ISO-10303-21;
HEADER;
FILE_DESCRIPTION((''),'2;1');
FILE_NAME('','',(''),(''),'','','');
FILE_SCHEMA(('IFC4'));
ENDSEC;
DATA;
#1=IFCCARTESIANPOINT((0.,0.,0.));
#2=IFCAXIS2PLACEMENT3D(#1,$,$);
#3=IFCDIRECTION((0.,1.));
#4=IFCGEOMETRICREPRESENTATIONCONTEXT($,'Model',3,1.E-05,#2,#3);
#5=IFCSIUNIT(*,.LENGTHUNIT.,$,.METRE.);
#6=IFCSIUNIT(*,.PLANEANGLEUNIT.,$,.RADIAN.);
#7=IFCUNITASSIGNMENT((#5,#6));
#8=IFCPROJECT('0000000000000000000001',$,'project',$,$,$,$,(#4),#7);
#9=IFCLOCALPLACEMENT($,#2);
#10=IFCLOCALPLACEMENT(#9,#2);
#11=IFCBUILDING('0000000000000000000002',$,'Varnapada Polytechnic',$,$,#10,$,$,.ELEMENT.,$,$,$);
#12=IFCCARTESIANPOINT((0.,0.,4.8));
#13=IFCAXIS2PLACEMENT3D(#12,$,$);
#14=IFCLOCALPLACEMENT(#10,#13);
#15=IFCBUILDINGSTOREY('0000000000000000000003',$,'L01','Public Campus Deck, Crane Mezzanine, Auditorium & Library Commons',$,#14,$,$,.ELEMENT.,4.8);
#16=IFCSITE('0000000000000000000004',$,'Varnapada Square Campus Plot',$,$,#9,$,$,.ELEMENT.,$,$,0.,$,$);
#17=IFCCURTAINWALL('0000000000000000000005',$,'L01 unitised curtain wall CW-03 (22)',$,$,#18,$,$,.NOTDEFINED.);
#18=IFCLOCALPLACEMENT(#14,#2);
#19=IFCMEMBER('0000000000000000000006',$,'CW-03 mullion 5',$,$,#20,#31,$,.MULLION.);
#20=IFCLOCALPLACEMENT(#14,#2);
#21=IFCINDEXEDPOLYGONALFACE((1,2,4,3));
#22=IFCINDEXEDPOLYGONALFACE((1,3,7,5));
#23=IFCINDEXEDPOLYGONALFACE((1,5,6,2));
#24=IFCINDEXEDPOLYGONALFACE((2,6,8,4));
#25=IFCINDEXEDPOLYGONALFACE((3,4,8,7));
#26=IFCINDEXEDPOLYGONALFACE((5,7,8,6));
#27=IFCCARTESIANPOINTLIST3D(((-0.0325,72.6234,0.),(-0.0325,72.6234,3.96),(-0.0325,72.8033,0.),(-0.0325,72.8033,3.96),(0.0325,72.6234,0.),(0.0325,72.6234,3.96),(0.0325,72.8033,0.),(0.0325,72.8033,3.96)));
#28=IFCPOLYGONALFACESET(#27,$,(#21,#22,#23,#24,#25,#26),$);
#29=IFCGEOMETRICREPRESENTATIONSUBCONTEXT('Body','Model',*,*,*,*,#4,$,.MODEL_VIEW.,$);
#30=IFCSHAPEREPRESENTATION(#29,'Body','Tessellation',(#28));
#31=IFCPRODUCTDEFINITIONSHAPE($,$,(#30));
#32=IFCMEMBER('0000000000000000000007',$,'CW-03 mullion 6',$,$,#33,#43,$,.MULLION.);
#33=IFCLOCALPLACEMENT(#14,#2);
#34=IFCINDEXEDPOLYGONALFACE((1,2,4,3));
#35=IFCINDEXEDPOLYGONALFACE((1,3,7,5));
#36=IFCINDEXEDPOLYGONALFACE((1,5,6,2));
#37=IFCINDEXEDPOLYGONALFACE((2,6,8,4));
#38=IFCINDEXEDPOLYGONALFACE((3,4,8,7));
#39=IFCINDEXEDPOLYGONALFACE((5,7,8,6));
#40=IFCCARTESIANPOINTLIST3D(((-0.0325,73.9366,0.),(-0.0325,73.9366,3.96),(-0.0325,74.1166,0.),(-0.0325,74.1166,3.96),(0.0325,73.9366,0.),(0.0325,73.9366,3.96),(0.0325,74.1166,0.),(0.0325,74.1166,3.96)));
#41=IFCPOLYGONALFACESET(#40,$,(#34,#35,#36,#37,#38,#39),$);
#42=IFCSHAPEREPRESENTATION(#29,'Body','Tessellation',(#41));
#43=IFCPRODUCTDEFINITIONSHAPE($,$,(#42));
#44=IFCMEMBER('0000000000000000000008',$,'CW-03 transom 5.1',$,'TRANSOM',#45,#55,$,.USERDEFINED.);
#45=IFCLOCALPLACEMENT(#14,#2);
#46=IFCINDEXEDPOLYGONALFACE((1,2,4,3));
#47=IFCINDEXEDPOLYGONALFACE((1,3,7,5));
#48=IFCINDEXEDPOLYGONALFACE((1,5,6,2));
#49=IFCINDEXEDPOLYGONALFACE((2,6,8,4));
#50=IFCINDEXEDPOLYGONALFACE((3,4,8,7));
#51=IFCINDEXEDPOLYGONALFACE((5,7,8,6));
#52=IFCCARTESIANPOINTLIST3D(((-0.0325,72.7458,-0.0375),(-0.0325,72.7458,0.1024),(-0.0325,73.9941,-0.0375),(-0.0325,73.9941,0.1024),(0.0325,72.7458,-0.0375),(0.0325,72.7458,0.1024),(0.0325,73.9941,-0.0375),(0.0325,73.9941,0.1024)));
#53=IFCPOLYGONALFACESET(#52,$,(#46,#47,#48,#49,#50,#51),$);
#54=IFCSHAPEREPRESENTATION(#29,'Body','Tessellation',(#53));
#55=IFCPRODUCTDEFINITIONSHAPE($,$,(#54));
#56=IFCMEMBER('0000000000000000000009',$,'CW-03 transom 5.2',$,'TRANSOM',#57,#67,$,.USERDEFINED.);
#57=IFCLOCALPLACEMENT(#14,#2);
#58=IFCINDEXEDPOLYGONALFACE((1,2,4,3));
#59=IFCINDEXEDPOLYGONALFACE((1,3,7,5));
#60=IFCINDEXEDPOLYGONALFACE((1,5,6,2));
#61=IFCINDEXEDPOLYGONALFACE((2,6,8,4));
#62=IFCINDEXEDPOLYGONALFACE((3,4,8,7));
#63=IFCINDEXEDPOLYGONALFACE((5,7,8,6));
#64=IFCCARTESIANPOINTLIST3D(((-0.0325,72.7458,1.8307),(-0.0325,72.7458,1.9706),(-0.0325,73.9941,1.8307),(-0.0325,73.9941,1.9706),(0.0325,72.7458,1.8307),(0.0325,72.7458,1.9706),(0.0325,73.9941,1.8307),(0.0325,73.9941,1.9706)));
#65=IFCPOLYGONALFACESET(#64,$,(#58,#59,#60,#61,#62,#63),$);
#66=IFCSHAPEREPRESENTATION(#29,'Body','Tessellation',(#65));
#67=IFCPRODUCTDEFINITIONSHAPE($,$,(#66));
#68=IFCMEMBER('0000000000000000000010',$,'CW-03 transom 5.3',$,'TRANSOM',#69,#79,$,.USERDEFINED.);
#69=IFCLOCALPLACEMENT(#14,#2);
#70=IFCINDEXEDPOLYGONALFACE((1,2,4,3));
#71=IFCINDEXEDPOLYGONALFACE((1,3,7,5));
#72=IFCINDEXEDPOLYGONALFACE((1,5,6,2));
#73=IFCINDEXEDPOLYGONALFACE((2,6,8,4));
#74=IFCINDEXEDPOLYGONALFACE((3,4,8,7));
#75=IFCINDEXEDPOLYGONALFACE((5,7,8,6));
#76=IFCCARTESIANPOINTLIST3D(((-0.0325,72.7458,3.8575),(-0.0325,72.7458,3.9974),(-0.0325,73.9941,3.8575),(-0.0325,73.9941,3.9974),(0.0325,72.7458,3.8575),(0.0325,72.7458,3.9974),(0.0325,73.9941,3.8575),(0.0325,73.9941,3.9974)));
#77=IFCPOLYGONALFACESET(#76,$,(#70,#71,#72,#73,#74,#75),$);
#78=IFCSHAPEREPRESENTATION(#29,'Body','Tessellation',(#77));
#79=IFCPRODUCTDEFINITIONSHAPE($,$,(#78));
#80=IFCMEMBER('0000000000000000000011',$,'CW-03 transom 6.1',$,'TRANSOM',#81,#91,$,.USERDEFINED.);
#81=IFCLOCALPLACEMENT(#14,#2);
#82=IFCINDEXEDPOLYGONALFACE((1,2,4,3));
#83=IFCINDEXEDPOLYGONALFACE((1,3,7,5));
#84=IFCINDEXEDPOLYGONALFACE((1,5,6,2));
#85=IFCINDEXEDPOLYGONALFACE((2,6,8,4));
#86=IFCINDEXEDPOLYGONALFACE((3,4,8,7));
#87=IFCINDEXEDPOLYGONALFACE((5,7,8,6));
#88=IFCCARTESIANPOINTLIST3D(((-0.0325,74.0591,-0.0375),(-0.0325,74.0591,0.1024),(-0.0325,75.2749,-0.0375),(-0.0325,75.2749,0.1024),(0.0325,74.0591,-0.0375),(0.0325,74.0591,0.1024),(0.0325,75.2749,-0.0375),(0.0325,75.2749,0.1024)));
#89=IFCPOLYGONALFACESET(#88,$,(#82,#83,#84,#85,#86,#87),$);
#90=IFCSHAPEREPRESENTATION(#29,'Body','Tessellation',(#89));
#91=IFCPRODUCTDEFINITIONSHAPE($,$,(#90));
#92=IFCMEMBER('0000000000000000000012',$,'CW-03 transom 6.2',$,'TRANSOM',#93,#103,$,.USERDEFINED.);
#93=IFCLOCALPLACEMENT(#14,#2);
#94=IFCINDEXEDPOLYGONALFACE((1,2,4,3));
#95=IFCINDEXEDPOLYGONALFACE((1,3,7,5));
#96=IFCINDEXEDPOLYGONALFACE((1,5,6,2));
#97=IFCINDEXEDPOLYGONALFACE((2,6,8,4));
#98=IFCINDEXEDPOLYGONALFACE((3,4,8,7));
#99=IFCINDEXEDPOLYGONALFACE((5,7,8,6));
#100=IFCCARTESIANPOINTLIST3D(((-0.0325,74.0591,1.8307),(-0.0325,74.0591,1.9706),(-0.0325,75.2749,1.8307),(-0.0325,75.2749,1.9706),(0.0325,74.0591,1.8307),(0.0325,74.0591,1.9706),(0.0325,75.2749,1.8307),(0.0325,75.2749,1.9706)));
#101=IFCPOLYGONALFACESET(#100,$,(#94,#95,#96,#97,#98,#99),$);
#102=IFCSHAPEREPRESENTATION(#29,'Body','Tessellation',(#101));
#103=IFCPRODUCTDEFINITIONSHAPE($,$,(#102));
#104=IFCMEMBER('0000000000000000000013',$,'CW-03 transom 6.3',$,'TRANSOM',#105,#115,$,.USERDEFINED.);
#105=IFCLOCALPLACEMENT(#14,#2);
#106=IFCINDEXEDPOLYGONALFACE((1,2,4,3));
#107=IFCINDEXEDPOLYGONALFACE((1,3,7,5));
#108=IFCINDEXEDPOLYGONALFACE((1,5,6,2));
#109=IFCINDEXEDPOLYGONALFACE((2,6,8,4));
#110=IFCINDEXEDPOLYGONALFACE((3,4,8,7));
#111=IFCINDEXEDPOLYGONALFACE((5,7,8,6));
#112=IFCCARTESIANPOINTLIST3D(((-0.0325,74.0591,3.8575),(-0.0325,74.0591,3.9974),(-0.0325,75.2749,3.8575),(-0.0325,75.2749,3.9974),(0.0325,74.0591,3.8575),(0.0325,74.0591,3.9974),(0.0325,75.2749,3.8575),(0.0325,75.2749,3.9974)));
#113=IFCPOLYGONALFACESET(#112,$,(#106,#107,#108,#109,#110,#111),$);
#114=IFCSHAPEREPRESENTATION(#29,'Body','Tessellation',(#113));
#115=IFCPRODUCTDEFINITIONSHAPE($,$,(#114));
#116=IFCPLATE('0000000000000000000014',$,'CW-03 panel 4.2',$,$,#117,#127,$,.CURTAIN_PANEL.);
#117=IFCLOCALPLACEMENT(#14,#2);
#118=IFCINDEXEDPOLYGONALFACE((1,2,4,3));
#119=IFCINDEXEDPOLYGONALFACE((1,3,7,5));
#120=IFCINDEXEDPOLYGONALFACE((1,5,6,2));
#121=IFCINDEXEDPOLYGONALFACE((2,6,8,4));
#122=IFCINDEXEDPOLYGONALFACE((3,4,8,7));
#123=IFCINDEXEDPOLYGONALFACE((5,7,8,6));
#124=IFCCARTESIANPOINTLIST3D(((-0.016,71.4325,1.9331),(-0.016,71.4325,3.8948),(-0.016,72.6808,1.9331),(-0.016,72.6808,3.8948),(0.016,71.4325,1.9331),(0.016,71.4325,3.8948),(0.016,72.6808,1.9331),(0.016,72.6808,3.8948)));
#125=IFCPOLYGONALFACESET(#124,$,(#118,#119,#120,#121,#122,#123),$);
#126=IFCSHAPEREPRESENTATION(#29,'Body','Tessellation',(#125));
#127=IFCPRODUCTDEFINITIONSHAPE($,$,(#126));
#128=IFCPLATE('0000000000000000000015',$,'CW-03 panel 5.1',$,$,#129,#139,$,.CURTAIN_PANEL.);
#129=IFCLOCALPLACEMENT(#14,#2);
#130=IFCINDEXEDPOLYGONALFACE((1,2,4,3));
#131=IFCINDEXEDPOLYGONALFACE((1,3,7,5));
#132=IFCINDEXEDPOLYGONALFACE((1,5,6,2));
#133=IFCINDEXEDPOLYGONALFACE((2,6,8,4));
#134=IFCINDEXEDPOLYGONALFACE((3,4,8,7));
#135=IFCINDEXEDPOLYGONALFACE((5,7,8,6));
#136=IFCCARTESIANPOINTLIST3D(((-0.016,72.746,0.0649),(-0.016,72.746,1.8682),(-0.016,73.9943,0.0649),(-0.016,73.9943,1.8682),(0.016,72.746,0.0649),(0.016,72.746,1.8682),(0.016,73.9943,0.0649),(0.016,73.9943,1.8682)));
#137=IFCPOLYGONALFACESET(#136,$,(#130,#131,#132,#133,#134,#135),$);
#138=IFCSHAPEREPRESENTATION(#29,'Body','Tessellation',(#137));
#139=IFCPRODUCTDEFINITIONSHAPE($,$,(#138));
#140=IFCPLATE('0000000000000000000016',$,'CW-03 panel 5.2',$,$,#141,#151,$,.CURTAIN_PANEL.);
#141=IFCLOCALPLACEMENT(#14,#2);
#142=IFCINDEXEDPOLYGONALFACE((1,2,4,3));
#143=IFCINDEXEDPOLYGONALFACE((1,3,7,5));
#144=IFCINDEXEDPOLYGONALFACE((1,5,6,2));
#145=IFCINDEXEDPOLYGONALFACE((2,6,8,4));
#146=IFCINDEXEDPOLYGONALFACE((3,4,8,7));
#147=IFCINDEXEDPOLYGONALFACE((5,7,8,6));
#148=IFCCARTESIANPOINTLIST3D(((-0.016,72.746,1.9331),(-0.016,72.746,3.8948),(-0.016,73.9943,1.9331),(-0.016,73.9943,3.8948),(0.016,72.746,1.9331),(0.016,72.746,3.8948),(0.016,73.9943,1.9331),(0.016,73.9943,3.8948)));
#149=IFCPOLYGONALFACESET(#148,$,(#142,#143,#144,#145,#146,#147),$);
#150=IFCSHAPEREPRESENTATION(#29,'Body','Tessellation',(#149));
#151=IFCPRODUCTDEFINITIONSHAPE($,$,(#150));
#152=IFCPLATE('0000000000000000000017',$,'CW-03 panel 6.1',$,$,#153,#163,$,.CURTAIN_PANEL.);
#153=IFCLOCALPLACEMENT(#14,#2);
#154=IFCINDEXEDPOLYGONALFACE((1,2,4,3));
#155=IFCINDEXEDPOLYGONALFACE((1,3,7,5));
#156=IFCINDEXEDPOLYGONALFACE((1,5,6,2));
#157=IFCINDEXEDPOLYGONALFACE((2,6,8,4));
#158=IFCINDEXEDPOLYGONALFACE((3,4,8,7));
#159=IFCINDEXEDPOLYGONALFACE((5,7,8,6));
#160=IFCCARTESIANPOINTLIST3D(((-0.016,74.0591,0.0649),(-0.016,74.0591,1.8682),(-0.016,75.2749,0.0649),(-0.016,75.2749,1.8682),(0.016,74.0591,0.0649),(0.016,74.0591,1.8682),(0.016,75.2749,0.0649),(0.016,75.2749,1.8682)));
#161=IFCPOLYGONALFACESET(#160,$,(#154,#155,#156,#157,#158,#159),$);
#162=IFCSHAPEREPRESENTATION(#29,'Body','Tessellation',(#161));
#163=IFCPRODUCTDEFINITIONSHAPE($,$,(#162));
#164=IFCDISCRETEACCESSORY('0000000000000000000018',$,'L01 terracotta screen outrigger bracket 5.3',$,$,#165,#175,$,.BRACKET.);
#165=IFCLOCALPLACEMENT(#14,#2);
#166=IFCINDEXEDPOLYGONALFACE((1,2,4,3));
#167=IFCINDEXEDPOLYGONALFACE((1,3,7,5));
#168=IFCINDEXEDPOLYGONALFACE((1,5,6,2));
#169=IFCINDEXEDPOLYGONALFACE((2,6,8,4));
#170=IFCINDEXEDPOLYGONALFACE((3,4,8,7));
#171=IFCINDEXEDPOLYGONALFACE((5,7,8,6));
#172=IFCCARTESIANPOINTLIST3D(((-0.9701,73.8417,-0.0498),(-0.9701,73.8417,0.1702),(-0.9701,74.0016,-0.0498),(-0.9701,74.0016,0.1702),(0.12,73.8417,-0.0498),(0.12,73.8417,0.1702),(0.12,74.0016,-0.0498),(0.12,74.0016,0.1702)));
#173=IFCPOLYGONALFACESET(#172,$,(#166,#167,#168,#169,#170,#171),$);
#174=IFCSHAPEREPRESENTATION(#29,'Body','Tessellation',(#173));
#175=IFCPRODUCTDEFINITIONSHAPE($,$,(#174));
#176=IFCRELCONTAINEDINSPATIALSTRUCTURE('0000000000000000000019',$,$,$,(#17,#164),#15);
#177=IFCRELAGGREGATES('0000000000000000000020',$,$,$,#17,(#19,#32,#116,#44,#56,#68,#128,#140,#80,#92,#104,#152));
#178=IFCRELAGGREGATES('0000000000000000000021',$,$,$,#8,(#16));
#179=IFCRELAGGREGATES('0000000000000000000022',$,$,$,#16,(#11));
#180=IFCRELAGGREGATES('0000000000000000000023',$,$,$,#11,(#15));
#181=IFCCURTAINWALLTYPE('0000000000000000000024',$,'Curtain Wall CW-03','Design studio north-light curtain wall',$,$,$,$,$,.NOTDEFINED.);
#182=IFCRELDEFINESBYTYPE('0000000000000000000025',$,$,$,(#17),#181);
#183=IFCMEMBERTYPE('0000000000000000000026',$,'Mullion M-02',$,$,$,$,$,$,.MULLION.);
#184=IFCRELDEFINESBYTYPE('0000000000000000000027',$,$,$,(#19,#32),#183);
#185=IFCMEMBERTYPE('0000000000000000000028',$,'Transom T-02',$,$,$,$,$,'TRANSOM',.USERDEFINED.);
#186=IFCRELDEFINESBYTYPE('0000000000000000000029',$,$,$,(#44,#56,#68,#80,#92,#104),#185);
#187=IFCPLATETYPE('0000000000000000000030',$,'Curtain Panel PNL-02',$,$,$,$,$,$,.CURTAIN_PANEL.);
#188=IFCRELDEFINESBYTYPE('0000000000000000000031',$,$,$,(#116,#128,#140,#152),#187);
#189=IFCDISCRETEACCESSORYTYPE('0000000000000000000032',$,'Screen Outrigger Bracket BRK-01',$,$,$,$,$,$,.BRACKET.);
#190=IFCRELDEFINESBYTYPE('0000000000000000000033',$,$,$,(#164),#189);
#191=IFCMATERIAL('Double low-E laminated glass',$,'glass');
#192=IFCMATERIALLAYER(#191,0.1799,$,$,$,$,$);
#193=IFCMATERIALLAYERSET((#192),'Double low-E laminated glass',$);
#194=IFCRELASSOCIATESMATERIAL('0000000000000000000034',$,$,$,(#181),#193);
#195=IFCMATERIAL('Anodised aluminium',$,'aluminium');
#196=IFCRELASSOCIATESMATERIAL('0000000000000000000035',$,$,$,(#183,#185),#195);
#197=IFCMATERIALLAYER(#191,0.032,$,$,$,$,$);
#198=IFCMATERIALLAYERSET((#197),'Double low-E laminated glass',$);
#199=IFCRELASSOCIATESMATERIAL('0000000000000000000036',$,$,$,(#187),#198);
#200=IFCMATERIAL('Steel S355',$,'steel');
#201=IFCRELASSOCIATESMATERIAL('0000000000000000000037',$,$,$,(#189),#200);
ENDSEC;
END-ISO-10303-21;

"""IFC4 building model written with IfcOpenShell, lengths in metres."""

from ifc_helpers import new_model, si_unit, direction, frame, origin, origin_2d, place, context, subcontext, project, spatial, rectangle, extrude, material, layer, layer_set, material_profile, profile_set, type_object, element, aggregate, save


model = new_model("IFC4")

# Units and contexts
model_context = context("Model", 3, precision=1e-05, world=origin(), true_north=direction((0.0, 1.0)))
body_context = subcontext(model_context, "Body", "Model", "MODEL_VIEW")
ifc_project = project(units=[si_unit("LENGTHUNIT", "METRE"), si_unit("PLANEANGLEUNIT", "RADIAN")], contexts=[model_context])

# Site, building, storey
site_placement = place(None, origin())
site = spatial("IfcSite", under=ifc_project, at=site_placement, Name="Varnapada Square Campus Plot", CompositionType="ELEMENT", RefElevation=0.0)
building_placement = place(site_placement, origin())
building = spatial("IfcBuilding", under=site, at=building_placement, Name="Varnapada Polytechnic", CompositionType="ELEMENT")
storey_placement = place(building_placement, frame((0.0, 0.0, 4.8)))
storey = spatial("IfcBuildingStorey", under=building, at=storey_placement, Name="L01", Description="Public Campus Deck, Crane Mezzanine, Auditorium & Library Commons", CompositionType="ELEMENT", Elevation=4.8)

# Curtain wall, members, plates
ifc_material_1 = material(Name="Double low-E laminated glass", Category="glass")
ifc_layer_1 = layer(ifc_material_1, 0.1799)
ifc_layer_set_1 = layer_set([ifc_layer_1], Name="Double low-E laminated glass")
curtain_wall_type = type_object("IfcCurtainWallType", Name="Curtain Wall CW-03", Description="Design studio north-light curtain wall", PredefinedType="NOTDEFINED", material=ifc_layer_set_1)
curtain_wall_placement = place(storey_placement, origin())
curtain_wall = element("IfcCurtainWall", 1, at=curtain_wall_placement, inside=storey, type_object=curtain_wall_type, Name="L01 unitised curtain wall CW-03 (22)", PredefinedType="NOTDEFINED")
ifc_material_2 = material(Name="Anodised aluminium", Category="aluminium")
ifc_material_profile_1 = material_profile(ifc_material_2, rectangle(XDim=0.0649, YDim=0.1799, at=origin_2d()), Name="ALU M65x180")
ifc_profile_set_1 = profile_set([ifc_material_profile_1], Name="Anodised aluminium")
member_type_1 = type_object("IfcMemberType", Name="Mullion M-02", PredefinedType="MULLION", material=ifc_profile_set_1)
member_1_placement = place(storey_placement, frame((0.0, 72.7134, 0.0), z_axis=(0.0, 0.0, 1.0), x_axis=(-1.0, 0.0, 0.0)))
member_1 = element("IfcMember", 2, at=member_1_placement, type_object=member_type_1, Name="CW-03 mullion 5", PredefinedType="MULLION", context=body_context, shape_type="SweptSolid", body=[
    extrude(rectangle(XDim=0.0649, YDim=0.1799, at=origin_2d()), origin(), (0.0, 0.0, 1.0), 3.96),
])
member_2_placement = place(storey_placement, frame((0.0, 74.0266, 0.0), z_axis=(0.0, 0.0, 1.0), x_axis=(-1.0, 0.0, 0.0)))
member_2 = element("IfcMember", 3, at=member_2_placement, type_object=member_type_1, Name="CW-03 mullion 6", PredefinedType="MULLION", context=body_context, shape_type="SweptSolid", body=[
    extrude(rectangle(XDim=0.0649, YDim=0.1799, at=origin_2d()), origin(), (0.0, 0.0, 1.0), 3.96),
])
ifc_material_profile_2 = material_profile(ifc_material_2, rectangle(XDim=0.0649, YDim=0.1399, at=origin_2d()), Name="ALU T65x140")
ifc_profile_set_2 = profile_set([ifc_material_profile_2], Name="Anodised aluminium")
member_type_2 = type_object("IfcMemberType", Name="Transom T-02", ElementType="TRANSOM", PredefinedType="USERDEFINED", material=ifc_profile_set_2)
member_3_placement = place(storey_placement, frame((0.0, 72.7458, 0.0325), z_axis=(0.0, 1.0, 0.0), x_axis=(-1.0, 0.0, 0.0)))
member_3 = element("IfcMember", 4, at=member_3_placement, type_object=member_type_2, Name="CW-03 transom 5.1", ObjectType="TRANSOM", PredefinedType="USERDEFINED", context=body_context, shape_type="SweptSolid", body=[
    extrude(rectangle(XDim=0.0649, YDim=0.1399, at=origin_2d()), origin(), (0.0, 0.0, 1.0), 1.2483),
])
member_4_placement = place(storey_placement, frame((0.0, 72.7458, 1.9006), z_axis=(0.0, 1.0, 0.0), x_axis=(-1.0, 0.0, 0.0)))
member_4 = element("IfcMember", 5, at=member_4_placement, type_object=member_type_2, Name="CW-03 transom 5.2", ObjectType="TRANSOM", PredefinedType="USERDEFINED", context=body_context, shape_type="SweptSolid", body=[
    extrude(rectangle(XDim=0.0649, YDim=0.1399, at=origin_2d()), origin(), (0.0, 0.0, 1.0), 1.2483),
])
member_5_placement = place(storey_placement, frame((0.0, 72.7458, 3.9275), z_axis=(0.0, 1.0, 0.0), x_axis=(-1.0, 0.0, 0.0)))
member_5 = element("IfcMember", 6, at=member_5_placement, type_object=member_type_2, Name="CW-03 transom 5.3", ObjectType="TRANSOM", PredefinedType="USERDEFINED", context=body_context, shape_type="SweptSolid", body=[
    extrude(rectangle(XDim=0.0649, YDim=0.1399, at=origin_2d()), origin(), (0.0, 0.0, 1.0), 1.2483),
])
member_6_placement = place(storey_placement, frame((0.0, 74.0591, 0.0325), z_axis=(0.0, 1.0, 0.0), x_axis=(-1.0, 0.0, 0.0)))
member_6 = element("IfcMember", 7, at=member_6_placement, type_object=member_type_2, Name="CW-03 transom 6.1", ObjectType="TRANSOM", PredefinedType="USERDEFINED", context=body_context, shape_type="SweptSolid", body=[
    extrude(rectangle(XDim=0.0649, YDim=0.1399, at=origin_2d()), origin(), (0.0, 0.0, 1.0), 1.2158),
])
member_7_placement = place(storey_placement, frame((0.0, 74.0591, 1.9006), z_axis=(0.0, 1.0, 0.0), x_axis=(-1.0, 0.0, 0.0)))
member_7 = element("IfcMember", 8, at=member_7_placement, type_object=member_type_2, Name="CW-03 transom 6.2", ObjectType="TRANSOM", PredefinedType="USERDEFINED", context=body_context, shape_type="SweptSolid", body=[
    extrude(rectangle(XDim=0.0649, YDim=0.1399, at=origin_2d()), origin(), (0.0, 0.0, 1.0), 1.2158),
])
member_8_placement = place(storey_placement, frame((0.0, 74.0591, 3.9275), z_axis=(0.0, 1.0, 0.0), x_axis=(-1.0, 0.0, 0.0)))
member_8 = element("IfcMember", 9, at=member_8_placement, type_object=member_type_2, Name="CW-03 transom 6.3", ObjectType="TRANSOM", PredefinedType="USERDEFINED", context=body_context, shape_type="SweptSolid", body=[
    extrude(rectangle(XDim=0.0649, YDim=0.1399, at=origin_2d()), origin(), (0.0, 0.0, 1.0), 1.2158),
])
ifc_layer_2 = layer(ifc_material_1, 0.032)
ifc_layer_set_2 = layer_set([ifc_layer_2], Name="Double low-E laminated glass")
plate_type = type_object("IfcPlateType", Name="Curtain Panel PNL-02", PredefinedType="CURTAIN_PANEL", material=ifc_layer_set_2)
plate_1_placement = place(storey_placement, frame((0.0, 72.0566, 1.9331), z_axis=(0.0, 0.0, 1.0), x_axis=(0.0, 1.0, 0.0)))
plate_1 = element("IfcPlate", 10, at=plate_1_placement, type_object=plate_type, Name="CW-03 panel 4.2", PredefinedType="CURTAIN_PANEL", context=body_context, shape_type="SweptSolid", body=[
    extrude(rectangle(XDim=1.2483, YDim=0.032, at=origin_2d()), origin(), (0.0, 0.0, 1.0), 1.9617),
])
plate_2_placement = place(storey_placement, frame((0.0, 73.3701, 0.0649), z_axis=(0.0, 0.0, 1.0), x_axis=(0.0, 1.0, 0.0)))
plate_2 = element("IfcPlate", 11, at=plate_2_placement, type_object=plate_type, Name="CW-03 panel 5.1", PredefinedType="CURTAIN_PANEL", context=body_context, shape_type="SweptSolid", body=[
    extrude(rectangle(XDim=1.2483, YDim=0.032, at=origin_2d()), origin(), (0.0, 0.0, 1.0), 1.8032),
])
plate_3_placement = place(storey_placement, frame((0.0, 73.3701, 1.9331), z_axis=(0.0, 0.0, 1.0), x_axis=(0.0, 1.0, 0.0)))
plate_3 = element("IfcPlate", 12, at=plate_3_placement, type_object=plate_type, Name="CW-03 panel 5.2", PredefinedType="CURTAIN_PANEL", context=body_context, shape_type="SweptSolid", body=[
    extrude(rectangle(XDim=1.2483, YDim=0.032, at=origin_2d()), origin(), (0.0, 0.0, 1.0), 1.9617),
])
plate_4_placement = place(storey_placement, frame((0.0, 74.667, 0.0649), z_axis=(0.0, 0.0, 1.0), x_axis=(0.0, 1.0, 0.0)))
plate_4 = element("IfcPlate", 13, at=plate_4_placement, type_object=plate_type, Name="CW-03 panel 6.1", PredefinedType="CURTAIN_PANEL", context=body_context, shape_type="SweptSolid", body=[
    extrude(rectangle(XDim=1.2158, YDim=0.032, at=origin_2d()), origin(), (0.0, 0.0, 1.0), 1.8032),
])
aggregate(curtain_wall, [member_1, member_2, plate_1, member_3, member_4, member_5, plate_2, plate_3, member_6, member_7, member_8, plate_4])

# Discrete accessory
ifc_material_3 = material(Name="Steel S355", Category="steel")
discrete_accessory_type = type_object("IfcDiscreteAccessoryType", Name="Screen Outrigger Bracket BRK-01", PredefinedType="BRACKET", material=ifc_material_3)
discrete_accessory_placement = place(storey_placement, frame((-0.425, 73.9216, -0.0498), z_axis=(0.0, 0.0, 1.0), x_axis=(0.0, 1.0, 0.0)))
element("IfcDiscreteAccessory", 14, at=discrete_accessory_placement, inside=storey, type_object=discrete_accessory_type, Name="L01 terracotta screen outrigger bracket 5.3", PredefinedType="BRACKET", context=body_context, shape_type="SweptSolid", body=[
    extrude(rectangle(XDim=0.1599, YDim=1.0901, at=origin_2d()), origin(), (0.0, 0.0, 1.0), 0.22),
])

save(model, "model.ifc")
